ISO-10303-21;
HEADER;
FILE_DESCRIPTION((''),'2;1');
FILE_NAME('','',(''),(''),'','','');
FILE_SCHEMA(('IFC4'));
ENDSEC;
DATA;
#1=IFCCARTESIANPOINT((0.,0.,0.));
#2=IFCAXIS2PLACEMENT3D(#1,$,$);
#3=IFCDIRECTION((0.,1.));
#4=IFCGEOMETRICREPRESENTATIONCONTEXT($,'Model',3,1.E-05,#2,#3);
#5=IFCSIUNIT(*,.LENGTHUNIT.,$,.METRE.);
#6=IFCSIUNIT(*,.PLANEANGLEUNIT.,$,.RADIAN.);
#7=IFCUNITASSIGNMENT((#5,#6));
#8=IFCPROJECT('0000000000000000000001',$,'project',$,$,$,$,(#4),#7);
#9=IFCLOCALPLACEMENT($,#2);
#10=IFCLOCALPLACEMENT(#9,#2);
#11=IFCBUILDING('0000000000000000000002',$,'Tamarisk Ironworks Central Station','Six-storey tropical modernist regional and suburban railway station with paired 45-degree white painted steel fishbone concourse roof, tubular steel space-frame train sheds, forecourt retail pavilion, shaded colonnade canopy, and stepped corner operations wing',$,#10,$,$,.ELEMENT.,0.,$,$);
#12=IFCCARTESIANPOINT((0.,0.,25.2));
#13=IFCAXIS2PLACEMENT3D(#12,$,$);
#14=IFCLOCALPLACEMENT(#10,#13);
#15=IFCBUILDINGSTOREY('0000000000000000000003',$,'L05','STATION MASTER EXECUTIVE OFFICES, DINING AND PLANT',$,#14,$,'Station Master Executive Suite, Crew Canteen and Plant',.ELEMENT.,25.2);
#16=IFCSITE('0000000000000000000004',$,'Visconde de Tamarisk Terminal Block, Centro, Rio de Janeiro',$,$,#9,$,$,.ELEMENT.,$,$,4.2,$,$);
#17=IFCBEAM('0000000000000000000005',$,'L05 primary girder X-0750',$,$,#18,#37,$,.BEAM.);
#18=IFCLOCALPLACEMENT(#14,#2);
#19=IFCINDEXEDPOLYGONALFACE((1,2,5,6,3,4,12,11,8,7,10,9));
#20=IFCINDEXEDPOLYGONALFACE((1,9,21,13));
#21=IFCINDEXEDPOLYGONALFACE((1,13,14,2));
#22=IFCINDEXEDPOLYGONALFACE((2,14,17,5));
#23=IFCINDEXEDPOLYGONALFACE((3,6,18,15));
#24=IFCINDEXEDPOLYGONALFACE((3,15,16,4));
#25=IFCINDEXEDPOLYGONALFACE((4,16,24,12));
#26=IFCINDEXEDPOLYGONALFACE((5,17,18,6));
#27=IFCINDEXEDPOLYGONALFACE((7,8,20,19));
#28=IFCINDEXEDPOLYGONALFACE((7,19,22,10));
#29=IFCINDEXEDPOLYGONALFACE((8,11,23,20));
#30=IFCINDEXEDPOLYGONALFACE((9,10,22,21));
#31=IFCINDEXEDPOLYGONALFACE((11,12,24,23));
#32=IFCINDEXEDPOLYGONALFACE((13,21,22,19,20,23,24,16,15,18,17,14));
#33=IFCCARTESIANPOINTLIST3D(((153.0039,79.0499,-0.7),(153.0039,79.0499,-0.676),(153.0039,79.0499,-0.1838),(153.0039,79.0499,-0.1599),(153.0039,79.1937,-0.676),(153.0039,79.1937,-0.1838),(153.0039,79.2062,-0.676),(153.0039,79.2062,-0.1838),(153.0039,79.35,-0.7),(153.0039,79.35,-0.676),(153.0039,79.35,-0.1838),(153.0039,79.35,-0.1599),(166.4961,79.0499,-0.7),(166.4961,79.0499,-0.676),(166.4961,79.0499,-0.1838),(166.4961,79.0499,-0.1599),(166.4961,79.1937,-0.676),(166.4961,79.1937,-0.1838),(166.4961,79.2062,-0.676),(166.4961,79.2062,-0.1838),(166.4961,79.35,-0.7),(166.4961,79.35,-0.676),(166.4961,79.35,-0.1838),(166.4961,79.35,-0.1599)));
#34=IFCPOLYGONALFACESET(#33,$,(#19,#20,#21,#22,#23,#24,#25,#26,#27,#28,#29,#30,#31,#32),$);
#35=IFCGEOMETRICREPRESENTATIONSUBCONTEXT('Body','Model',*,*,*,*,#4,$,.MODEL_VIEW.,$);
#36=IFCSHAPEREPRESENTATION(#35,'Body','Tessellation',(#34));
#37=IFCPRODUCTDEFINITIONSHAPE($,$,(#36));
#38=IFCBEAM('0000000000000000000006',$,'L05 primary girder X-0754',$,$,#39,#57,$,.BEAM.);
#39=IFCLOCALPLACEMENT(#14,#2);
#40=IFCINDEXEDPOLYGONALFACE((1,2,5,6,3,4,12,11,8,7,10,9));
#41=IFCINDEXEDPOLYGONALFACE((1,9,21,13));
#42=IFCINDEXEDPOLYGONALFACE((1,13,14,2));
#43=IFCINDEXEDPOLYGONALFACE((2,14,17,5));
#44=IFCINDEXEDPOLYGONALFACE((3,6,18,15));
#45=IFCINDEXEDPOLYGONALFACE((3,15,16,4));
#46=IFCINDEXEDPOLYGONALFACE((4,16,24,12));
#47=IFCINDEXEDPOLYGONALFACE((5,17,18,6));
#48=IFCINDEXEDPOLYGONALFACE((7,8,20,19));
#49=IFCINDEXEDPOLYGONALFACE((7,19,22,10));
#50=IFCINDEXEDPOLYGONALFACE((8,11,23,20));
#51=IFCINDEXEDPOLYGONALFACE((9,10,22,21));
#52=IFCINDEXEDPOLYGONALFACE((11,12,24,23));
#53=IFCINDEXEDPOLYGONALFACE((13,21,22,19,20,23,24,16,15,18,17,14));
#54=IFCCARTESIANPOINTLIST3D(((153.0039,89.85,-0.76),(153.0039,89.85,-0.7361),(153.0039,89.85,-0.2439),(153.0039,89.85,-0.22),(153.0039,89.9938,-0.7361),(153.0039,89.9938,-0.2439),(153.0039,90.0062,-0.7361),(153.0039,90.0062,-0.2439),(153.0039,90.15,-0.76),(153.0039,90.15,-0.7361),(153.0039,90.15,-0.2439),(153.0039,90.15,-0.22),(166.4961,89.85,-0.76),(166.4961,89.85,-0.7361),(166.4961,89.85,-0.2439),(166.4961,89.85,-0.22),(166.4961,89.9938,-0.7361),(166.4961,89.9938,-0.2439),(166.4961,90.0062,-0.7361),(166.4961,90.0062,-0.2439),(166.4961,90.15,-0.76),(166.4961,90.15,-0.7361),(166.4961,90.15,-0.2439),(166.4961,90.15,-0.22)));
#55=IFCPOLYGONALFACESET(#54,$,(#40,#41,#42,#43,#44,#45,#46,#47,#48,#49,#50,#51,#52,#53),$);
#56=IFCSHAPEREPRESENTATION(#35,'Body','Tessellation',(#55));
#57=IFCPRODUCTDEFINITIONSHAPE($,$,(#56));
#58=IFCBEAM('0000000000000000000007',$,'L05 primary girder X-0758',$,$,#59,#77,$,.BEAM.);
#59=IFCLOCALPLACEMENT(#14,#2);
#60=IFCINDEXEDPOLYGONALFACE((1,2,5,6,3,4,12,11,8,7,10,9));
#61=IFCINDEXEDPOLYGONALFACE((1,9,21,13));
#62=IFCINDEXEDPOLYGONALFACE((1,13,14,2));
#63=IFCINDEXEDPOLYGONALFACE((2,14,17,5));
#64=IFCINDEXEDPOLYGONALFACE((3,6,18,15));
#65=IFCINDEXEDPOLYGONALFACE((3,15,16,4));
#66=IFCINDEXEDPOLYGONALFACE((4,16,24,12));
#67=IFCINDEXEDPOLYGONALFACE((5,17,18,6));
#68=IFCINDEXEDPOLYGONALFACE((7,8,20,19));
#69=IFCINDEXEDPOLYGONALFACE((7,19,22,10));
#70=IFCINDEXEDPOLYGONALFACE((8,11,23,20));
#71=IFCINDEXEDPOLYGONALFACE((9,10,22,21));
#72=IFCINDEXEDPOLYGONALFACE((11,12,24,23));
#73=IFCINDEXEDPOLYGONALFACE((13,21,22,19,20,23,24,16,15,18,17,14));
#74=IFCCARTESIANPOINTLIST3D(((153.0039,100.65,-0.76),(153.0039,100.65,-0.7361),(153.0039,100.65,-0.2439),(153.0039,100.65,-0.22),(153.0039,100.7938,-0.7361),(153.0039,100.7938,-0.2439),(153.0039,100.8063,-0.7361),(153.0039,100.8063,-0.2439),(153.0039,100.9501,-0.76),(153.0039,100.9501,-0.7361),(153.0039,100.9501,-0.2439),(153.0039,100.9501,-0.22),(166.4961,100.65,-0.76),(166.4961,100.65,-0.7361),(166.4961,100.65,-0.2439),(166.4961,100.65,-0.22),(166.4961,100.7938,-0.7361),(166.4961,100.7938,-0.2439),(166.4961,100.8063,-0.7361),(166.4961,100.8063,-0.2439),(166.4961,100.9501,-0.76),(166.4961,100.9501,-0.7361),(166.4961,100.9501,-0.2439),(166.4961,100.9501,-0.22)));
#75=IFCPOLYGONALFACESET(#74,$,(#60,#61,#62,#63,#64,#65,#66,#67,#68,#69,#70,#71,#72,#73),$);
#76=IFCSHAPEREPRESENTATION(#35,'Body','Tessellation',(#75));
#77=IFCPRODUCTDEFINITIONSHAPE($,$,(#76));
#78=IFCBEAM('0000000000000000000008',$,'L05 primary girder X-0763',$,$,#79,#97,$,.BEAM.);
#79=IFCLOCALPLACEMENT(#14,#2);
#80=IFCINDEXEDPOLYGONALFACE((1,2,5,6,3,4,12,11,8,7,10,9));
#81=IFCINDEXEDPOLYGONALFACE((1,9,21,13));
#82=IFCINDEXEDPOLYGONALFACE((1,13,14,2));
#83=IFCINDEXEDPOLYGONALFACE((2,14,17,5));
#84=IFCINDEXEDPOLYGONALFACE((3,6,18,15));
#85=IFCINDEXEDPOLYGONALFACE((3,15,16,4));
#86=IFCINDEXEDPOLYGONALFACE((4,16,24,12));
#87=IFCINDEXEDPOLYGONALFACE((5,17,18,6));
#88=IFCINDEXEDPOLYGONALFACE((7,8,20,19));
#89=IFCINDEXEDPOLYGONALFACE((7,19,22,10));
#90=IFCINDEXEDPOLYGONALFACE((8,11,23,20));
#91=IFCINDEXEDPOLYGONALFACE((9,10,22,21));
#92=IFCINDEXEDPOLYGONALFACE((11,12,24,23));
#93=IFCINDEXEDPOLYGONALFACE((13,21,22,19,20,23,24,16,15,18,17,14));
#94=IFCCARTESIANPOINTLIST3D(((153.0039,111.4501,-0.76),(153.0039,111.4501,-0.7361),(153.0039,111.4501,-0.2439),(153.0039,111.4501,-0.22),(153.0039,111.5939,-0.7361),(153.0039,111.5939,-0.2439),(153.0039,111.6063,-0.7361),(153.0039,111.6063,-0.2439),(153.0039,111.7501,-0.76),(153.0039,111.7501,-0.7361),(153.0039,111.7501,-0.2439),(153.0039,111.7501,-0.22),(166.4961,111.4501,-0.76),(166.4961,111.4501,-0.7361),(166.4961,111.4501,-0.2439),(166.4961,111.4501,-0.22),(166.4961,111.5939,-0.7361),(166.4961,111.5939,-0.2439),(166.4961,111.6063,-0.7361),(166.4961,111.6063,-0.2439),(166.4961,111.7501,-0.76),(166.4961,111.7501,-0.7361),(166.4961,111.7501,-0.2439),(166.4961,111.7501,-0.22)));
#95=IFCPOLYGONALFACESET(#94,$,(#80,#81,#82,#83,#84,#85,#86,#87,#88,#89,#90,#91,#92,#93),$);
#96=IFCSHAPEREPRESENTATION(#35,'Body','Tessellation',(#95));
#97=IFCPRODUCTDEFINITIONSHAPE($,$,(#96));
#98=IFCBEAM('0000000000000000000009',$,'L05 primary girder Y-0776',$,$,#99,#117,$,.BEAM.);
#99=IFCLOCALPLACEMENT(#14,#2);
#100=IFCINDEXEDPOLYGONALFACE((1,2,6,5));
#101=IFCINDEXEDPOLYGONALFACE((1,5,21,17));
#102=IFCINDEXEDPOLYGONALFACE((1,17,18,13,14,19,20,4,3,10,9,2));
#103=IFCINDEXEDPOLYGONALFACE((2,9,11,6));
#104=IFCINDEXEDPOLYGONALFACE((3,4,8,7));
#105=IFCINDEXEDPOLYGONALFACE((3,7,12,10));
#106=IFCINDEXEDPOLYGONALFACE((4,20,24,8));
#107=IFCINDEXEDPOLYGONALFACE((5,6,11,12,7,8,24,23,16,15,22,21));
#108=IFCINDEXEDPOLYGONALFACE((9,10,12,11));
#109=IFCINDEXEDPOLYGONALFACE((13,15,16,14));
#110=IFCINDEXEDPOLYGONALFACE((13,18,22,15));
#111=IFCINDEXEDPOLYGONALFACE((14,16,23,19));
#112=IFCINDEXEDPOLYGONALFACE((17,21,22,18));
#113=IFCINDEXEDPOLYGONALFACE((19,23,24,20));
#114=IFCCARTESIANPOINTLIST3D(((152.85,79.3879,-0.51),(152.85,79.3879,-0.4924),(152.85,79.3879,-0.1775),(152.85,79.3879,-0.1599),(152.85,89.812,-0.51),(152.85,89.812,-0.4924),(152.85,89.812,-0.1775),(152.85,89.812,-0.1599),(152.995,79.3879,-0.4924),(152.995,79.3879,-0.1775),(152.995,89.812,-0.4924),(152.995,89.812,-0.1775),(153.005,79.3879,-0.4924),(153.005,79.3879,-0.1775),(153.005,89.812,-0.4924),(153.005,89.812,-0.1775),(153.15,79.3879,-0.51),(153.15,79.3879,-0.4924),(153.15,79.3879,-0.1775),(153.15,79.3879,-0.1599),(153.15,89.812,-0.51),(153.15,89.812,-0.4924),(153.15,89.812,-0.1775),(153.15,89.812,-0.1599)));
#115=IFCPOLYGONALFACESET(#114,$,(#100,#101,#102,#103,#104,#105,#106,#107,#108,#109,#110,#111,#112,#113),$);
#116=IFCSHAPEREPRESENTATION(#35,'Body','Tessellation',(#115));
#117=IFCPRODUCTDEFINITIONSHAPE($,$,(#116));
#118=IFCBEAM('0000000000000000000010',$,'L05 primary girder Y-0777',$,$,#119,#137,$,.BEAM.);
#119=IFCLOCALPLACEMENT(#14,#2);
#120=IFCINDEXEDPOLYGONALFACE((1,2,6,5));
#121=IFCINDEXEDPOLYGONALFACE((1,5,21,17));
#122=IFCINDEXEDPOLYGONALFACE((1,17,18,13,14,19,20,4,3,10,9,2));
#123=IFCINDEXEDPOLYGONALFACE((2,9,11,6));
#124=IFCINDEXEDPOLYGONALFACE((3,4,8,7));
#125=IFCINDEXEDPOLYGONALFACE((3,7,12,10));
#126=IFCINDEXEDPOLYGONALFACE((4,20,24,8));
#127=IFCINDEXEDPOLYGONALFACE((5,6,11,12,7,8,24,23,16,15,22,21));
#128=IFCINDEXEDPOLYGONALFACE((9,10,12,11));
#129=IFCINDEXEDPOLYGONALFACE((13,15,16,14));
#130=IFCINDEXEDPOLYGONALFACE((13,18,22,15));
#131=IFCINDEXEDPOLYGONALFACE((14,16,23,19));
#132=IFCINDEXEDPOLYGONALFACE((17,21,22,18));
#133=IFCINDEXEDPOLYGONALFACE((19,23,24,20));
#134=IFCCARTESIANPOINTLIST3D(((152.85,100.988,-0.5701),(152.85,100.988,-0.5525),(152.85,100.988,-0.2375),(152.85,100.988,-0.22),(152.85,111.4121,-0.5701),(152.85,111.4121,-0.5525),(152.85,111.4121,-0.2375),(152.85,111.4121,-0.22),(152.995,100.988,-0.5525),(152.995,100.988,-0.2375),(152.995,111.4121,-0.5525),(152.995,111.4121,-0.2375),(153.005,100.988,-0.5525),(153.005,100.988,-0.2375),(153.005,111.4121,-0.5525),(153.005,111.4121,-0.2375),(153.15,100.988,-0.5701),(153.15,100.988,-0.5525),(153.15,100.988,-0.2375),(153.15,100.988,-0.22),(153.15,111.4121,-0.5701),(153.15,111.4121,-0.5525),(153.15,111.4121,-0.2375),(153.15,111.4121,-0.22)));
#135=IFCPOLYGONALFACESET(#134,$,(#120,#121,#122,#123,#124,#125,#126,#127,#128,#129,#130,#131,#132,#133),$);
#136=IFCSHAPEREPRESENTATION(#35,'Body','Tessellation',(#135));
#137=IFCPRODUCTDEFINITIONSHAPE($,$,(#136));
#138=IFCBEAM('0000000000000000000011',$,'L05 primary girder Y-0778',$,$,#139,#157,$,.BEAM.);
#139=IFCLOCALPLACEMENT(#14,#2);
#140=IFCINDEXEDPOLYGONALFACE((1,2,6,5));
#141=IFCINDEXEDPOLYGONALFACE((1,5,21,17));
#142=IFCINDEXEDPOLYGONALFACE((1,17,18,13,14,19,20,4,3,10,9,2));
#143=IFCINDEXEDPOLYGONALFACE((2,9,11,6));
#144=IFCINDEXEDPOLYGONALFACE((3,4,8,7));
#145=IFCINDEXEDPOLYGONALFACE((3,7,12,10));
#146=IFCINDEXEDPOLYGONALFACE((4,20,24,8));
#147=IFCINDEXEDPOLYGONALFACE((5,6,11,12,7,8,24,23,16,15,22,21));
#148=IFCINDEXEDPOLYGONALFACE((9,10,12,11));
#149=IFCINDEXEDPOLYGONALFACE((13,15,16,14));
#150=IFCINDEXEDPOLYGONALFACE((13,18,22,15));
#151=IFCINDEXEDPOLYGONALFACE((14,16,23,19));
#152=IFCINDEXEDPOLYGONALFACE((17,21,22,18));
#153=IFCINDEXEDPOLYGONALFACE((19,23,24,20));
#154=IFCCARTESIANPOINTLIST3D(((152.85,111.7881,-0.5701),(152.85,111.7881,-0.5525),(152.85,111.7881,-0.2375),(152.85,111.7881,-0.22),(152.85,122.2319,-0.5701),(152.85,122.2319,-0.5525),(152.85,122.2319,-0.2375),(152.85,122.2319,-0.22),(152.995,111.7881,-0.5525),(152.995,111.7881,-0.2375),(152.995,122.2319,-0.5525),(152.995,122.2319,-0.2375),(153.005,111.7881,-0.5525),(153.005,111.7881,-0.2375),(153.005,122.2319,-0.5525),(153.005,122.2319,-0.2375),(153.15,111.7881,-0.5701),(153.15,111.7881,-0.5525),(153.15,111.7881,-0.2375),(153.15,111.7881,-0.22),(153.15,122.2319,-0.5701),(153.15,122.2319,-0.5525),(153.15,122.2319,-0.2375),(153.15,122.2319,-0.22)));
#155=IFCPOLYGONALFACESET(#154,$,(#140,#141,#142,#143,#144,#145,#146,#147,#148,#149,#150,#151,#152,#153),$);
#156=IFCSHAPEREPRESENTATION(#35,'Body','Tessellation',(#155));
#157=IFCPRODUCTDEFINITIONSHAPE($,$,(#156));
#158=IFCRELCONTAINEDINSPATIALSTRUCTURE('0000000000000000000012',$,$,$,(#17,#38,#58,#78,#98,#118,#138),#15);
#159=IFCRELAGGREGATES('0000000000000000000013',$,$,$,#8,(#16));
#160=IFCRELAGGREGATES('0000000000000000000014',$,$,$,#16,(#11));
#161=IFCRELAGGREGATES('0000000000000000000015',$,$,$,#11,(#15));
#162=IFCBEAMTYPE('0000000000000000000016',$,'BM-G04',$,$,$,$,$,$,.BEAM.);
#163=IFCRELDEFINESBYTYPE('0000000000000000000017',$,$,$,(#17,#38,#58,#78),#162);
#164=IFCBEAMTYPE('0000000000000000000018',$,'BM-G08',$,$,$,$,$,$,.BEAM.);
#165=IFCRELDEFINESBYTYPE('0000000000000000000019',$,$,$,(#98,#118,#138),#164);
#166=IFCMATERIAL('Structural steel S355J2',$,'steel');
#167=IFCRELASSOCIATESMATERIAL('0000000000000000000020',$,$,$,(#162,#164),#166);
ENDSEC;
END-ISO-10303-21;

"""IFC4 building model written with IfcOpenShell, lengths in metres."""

from ifc_helpers import new_model, si_unit, direction, frame, origin, origin_2d, place, context, subcontext, project, spatial, i_section, extrude, material, material_profile, profile_set, type_object, element, save


model = new_model("IFC4")

# Units and contexts
model_context = context("Model", 3, precision=1e-05, world=origin(), true_north=direction((0.0, 1.0)))
body_context = subcontext(model_context, "Body", "Model", "MODEL_VIEW")
ifc_project = project(units=[si_unit("LENGTHUNIT", "METRE"), si_unit("PLANEANGLEUNIT", "RADIAN")], contexts=[model_context])

# Site, building, storey
site_placement = place(None, origin())
site = spatial("IfcSite", under=ifc_project, at=site_placement, Name="Visconde de Tamarisk Terminal Block, Centro, Rio de Janeiro", CompositionType="ELEMENT", RefElevation=4.2)
building_placement = place(site_placement, origin())
building = spatial("IfcBuilding", under=site, at=building_placement, Name="Tamarisk Ironworks Central Station", Description="Six-storey tropical modernist regional and suburban railway station with paired 45-degree white painted steel fishbone concourse roof, tubular steel space-frame train sheds, forecourt retail pavilion, shaded colonnade canopy, and stepped corner operations wing", CompositionType="ELEMENT", ElevationOfRefHeight=0.0)
storey_placement = place(building_placement, frame((0.0, 0.0, 25.2)))
storey = spatial("IfcBuildingStorey", under=building, at=storey_placement, Name="L05", Description="STATION MASTER EXECUTIVE OFFICES, DINING AND PLANT", LongName="Station Master Executive Suite, Crew Canteen and Plant", CompositionType="ELEMENT", Elevation=25.2)

# Shared definitions
ifc_material_1 = material(Name="Structural steel S355J2", Category="steel")

# Beams
ifc_material_profile_1 = material_profile(ifc_material_1, i_section(OverallWidth=0.3, OverallDepth=0.54, WebThickness=0.0125, FlangeThickness=0.0239, at=origin_2d()), Name="HEA 550")
ifc_profile_set_1 = profile_set([ifc_material_profile_1], Name="Structural steel S355J2")
beam_type_1 = type_object("IfcBeamType", Name="BM-G04", PredefinedType="BEAM", material=ifc_profile_set_1)
for number, where, z_axis, x_axis, name in (
    (1, (153.0039, 79.2, -0.4299), (1.0, 0.0, 0.0), (0.0, 1.0, 0.0), "L05 primary girder X-0750"),
    (2, (153.0039, 90.0, -0.49), (1.0, 0.0, 0.0), (0.0, 1.0, 0.0), "L05 primary girder X-0754"),
    (3, (153.0039, 100.8, -0.49), (1.0, 0.0, 0.0), (0.0, 1.0, 0.0), "L05 primary girder X-0758"),
    (4, (153.0039, 111.6001, -0.49), (1.0, 0.0, 0.0), (0.0, 1.0, 0.0), "L05 primary girder X-0763"),
):
    element("IfcBeam", number, at=place(storey_placement, frame(where, z_axis=z_axis, x_axis=x_axis)), inside=storey, type_object=beam_type_1, Name=name, PredefinedType="BEAM", context=body_context, shape_type="SweptSolid", body=[
        extrude(i_section(OverallWidth=0.3, OverallDepth=0.54, WebThickness=0.0125, FlangeThickness=0.0239, at=origin_2d()), origin(), (0.0, 0.0, 1.0), 13.4922),
    ])
ifc_material_profile_2 = material_profile(ifc_material_1, i_section(OverallWidth=0.3, OverallDepth=0.3501, WebThickness=0.01, FlangeThickness=0.0176, at=origin_2d()), Name="HEA 360")
ifc_profile_set_2 = profile_set([ifc_material_profile_2], Name="Structural steel S355J2")
beam_type_2 = type_object("IfcBeamType", Name="BM-G08", PredefinedType="BEAM", material=ifc_profile_set_2)
for number, where, z_axis, x_axis, name in (
    (5, (153.0, 79.3879, -0.335), (0.0, 1.0, 0.0), (-1.0, 0.0, 0.0), "L05 primary girder Y-0776"),
    (6, (153.0, 100.988, -0.395), (0.0, 1.0, 0.0), (-1.0, 0.0, 0.0), "L05 primary girder Y-0777"),
):
    element("IfcBeam", number, at=place(storey_placement, frame(where, z_axis=z_axis, x_axis=x_axis)), inside=storey, type_object=beam_type_2, Name=name, PredefinedType="BEAM", context=body_context, shape_type="SweptSolid", body=[
        extrude(i_section(OverallWidth=0.3, OverallDepth=0.3501, WebThickness=0.01, FlangeThickness=0.0176, at=origin_2d()), origin(), (0.0, 0.0, 1.0), 10.4241),
    ])
beam_placement = place(storey_placement, frame((153.0, 111.7881, -0.395), z_axis=(0.0, 1.0, 0.0), x_axis=(-1.0, 0.0, 0.0)))
element("IfcBeam", 7, at=beam_placement, inside=storey, type_object=beam_type_2, Name="L05 primary girder Y-0778", PredefinedType="BEAM", context=body_context, shape_type="SweptSolid", body=[
    extrude(i_section(OverallWidth=0.3, OverallDepth=0.3501, WebThickness=0.01, FlangeThickness=0.0176, at=origin_2d()), origin(), (0.0, 0.0, 1.0), 10.4438),
])

save(model, "model.ifc")
